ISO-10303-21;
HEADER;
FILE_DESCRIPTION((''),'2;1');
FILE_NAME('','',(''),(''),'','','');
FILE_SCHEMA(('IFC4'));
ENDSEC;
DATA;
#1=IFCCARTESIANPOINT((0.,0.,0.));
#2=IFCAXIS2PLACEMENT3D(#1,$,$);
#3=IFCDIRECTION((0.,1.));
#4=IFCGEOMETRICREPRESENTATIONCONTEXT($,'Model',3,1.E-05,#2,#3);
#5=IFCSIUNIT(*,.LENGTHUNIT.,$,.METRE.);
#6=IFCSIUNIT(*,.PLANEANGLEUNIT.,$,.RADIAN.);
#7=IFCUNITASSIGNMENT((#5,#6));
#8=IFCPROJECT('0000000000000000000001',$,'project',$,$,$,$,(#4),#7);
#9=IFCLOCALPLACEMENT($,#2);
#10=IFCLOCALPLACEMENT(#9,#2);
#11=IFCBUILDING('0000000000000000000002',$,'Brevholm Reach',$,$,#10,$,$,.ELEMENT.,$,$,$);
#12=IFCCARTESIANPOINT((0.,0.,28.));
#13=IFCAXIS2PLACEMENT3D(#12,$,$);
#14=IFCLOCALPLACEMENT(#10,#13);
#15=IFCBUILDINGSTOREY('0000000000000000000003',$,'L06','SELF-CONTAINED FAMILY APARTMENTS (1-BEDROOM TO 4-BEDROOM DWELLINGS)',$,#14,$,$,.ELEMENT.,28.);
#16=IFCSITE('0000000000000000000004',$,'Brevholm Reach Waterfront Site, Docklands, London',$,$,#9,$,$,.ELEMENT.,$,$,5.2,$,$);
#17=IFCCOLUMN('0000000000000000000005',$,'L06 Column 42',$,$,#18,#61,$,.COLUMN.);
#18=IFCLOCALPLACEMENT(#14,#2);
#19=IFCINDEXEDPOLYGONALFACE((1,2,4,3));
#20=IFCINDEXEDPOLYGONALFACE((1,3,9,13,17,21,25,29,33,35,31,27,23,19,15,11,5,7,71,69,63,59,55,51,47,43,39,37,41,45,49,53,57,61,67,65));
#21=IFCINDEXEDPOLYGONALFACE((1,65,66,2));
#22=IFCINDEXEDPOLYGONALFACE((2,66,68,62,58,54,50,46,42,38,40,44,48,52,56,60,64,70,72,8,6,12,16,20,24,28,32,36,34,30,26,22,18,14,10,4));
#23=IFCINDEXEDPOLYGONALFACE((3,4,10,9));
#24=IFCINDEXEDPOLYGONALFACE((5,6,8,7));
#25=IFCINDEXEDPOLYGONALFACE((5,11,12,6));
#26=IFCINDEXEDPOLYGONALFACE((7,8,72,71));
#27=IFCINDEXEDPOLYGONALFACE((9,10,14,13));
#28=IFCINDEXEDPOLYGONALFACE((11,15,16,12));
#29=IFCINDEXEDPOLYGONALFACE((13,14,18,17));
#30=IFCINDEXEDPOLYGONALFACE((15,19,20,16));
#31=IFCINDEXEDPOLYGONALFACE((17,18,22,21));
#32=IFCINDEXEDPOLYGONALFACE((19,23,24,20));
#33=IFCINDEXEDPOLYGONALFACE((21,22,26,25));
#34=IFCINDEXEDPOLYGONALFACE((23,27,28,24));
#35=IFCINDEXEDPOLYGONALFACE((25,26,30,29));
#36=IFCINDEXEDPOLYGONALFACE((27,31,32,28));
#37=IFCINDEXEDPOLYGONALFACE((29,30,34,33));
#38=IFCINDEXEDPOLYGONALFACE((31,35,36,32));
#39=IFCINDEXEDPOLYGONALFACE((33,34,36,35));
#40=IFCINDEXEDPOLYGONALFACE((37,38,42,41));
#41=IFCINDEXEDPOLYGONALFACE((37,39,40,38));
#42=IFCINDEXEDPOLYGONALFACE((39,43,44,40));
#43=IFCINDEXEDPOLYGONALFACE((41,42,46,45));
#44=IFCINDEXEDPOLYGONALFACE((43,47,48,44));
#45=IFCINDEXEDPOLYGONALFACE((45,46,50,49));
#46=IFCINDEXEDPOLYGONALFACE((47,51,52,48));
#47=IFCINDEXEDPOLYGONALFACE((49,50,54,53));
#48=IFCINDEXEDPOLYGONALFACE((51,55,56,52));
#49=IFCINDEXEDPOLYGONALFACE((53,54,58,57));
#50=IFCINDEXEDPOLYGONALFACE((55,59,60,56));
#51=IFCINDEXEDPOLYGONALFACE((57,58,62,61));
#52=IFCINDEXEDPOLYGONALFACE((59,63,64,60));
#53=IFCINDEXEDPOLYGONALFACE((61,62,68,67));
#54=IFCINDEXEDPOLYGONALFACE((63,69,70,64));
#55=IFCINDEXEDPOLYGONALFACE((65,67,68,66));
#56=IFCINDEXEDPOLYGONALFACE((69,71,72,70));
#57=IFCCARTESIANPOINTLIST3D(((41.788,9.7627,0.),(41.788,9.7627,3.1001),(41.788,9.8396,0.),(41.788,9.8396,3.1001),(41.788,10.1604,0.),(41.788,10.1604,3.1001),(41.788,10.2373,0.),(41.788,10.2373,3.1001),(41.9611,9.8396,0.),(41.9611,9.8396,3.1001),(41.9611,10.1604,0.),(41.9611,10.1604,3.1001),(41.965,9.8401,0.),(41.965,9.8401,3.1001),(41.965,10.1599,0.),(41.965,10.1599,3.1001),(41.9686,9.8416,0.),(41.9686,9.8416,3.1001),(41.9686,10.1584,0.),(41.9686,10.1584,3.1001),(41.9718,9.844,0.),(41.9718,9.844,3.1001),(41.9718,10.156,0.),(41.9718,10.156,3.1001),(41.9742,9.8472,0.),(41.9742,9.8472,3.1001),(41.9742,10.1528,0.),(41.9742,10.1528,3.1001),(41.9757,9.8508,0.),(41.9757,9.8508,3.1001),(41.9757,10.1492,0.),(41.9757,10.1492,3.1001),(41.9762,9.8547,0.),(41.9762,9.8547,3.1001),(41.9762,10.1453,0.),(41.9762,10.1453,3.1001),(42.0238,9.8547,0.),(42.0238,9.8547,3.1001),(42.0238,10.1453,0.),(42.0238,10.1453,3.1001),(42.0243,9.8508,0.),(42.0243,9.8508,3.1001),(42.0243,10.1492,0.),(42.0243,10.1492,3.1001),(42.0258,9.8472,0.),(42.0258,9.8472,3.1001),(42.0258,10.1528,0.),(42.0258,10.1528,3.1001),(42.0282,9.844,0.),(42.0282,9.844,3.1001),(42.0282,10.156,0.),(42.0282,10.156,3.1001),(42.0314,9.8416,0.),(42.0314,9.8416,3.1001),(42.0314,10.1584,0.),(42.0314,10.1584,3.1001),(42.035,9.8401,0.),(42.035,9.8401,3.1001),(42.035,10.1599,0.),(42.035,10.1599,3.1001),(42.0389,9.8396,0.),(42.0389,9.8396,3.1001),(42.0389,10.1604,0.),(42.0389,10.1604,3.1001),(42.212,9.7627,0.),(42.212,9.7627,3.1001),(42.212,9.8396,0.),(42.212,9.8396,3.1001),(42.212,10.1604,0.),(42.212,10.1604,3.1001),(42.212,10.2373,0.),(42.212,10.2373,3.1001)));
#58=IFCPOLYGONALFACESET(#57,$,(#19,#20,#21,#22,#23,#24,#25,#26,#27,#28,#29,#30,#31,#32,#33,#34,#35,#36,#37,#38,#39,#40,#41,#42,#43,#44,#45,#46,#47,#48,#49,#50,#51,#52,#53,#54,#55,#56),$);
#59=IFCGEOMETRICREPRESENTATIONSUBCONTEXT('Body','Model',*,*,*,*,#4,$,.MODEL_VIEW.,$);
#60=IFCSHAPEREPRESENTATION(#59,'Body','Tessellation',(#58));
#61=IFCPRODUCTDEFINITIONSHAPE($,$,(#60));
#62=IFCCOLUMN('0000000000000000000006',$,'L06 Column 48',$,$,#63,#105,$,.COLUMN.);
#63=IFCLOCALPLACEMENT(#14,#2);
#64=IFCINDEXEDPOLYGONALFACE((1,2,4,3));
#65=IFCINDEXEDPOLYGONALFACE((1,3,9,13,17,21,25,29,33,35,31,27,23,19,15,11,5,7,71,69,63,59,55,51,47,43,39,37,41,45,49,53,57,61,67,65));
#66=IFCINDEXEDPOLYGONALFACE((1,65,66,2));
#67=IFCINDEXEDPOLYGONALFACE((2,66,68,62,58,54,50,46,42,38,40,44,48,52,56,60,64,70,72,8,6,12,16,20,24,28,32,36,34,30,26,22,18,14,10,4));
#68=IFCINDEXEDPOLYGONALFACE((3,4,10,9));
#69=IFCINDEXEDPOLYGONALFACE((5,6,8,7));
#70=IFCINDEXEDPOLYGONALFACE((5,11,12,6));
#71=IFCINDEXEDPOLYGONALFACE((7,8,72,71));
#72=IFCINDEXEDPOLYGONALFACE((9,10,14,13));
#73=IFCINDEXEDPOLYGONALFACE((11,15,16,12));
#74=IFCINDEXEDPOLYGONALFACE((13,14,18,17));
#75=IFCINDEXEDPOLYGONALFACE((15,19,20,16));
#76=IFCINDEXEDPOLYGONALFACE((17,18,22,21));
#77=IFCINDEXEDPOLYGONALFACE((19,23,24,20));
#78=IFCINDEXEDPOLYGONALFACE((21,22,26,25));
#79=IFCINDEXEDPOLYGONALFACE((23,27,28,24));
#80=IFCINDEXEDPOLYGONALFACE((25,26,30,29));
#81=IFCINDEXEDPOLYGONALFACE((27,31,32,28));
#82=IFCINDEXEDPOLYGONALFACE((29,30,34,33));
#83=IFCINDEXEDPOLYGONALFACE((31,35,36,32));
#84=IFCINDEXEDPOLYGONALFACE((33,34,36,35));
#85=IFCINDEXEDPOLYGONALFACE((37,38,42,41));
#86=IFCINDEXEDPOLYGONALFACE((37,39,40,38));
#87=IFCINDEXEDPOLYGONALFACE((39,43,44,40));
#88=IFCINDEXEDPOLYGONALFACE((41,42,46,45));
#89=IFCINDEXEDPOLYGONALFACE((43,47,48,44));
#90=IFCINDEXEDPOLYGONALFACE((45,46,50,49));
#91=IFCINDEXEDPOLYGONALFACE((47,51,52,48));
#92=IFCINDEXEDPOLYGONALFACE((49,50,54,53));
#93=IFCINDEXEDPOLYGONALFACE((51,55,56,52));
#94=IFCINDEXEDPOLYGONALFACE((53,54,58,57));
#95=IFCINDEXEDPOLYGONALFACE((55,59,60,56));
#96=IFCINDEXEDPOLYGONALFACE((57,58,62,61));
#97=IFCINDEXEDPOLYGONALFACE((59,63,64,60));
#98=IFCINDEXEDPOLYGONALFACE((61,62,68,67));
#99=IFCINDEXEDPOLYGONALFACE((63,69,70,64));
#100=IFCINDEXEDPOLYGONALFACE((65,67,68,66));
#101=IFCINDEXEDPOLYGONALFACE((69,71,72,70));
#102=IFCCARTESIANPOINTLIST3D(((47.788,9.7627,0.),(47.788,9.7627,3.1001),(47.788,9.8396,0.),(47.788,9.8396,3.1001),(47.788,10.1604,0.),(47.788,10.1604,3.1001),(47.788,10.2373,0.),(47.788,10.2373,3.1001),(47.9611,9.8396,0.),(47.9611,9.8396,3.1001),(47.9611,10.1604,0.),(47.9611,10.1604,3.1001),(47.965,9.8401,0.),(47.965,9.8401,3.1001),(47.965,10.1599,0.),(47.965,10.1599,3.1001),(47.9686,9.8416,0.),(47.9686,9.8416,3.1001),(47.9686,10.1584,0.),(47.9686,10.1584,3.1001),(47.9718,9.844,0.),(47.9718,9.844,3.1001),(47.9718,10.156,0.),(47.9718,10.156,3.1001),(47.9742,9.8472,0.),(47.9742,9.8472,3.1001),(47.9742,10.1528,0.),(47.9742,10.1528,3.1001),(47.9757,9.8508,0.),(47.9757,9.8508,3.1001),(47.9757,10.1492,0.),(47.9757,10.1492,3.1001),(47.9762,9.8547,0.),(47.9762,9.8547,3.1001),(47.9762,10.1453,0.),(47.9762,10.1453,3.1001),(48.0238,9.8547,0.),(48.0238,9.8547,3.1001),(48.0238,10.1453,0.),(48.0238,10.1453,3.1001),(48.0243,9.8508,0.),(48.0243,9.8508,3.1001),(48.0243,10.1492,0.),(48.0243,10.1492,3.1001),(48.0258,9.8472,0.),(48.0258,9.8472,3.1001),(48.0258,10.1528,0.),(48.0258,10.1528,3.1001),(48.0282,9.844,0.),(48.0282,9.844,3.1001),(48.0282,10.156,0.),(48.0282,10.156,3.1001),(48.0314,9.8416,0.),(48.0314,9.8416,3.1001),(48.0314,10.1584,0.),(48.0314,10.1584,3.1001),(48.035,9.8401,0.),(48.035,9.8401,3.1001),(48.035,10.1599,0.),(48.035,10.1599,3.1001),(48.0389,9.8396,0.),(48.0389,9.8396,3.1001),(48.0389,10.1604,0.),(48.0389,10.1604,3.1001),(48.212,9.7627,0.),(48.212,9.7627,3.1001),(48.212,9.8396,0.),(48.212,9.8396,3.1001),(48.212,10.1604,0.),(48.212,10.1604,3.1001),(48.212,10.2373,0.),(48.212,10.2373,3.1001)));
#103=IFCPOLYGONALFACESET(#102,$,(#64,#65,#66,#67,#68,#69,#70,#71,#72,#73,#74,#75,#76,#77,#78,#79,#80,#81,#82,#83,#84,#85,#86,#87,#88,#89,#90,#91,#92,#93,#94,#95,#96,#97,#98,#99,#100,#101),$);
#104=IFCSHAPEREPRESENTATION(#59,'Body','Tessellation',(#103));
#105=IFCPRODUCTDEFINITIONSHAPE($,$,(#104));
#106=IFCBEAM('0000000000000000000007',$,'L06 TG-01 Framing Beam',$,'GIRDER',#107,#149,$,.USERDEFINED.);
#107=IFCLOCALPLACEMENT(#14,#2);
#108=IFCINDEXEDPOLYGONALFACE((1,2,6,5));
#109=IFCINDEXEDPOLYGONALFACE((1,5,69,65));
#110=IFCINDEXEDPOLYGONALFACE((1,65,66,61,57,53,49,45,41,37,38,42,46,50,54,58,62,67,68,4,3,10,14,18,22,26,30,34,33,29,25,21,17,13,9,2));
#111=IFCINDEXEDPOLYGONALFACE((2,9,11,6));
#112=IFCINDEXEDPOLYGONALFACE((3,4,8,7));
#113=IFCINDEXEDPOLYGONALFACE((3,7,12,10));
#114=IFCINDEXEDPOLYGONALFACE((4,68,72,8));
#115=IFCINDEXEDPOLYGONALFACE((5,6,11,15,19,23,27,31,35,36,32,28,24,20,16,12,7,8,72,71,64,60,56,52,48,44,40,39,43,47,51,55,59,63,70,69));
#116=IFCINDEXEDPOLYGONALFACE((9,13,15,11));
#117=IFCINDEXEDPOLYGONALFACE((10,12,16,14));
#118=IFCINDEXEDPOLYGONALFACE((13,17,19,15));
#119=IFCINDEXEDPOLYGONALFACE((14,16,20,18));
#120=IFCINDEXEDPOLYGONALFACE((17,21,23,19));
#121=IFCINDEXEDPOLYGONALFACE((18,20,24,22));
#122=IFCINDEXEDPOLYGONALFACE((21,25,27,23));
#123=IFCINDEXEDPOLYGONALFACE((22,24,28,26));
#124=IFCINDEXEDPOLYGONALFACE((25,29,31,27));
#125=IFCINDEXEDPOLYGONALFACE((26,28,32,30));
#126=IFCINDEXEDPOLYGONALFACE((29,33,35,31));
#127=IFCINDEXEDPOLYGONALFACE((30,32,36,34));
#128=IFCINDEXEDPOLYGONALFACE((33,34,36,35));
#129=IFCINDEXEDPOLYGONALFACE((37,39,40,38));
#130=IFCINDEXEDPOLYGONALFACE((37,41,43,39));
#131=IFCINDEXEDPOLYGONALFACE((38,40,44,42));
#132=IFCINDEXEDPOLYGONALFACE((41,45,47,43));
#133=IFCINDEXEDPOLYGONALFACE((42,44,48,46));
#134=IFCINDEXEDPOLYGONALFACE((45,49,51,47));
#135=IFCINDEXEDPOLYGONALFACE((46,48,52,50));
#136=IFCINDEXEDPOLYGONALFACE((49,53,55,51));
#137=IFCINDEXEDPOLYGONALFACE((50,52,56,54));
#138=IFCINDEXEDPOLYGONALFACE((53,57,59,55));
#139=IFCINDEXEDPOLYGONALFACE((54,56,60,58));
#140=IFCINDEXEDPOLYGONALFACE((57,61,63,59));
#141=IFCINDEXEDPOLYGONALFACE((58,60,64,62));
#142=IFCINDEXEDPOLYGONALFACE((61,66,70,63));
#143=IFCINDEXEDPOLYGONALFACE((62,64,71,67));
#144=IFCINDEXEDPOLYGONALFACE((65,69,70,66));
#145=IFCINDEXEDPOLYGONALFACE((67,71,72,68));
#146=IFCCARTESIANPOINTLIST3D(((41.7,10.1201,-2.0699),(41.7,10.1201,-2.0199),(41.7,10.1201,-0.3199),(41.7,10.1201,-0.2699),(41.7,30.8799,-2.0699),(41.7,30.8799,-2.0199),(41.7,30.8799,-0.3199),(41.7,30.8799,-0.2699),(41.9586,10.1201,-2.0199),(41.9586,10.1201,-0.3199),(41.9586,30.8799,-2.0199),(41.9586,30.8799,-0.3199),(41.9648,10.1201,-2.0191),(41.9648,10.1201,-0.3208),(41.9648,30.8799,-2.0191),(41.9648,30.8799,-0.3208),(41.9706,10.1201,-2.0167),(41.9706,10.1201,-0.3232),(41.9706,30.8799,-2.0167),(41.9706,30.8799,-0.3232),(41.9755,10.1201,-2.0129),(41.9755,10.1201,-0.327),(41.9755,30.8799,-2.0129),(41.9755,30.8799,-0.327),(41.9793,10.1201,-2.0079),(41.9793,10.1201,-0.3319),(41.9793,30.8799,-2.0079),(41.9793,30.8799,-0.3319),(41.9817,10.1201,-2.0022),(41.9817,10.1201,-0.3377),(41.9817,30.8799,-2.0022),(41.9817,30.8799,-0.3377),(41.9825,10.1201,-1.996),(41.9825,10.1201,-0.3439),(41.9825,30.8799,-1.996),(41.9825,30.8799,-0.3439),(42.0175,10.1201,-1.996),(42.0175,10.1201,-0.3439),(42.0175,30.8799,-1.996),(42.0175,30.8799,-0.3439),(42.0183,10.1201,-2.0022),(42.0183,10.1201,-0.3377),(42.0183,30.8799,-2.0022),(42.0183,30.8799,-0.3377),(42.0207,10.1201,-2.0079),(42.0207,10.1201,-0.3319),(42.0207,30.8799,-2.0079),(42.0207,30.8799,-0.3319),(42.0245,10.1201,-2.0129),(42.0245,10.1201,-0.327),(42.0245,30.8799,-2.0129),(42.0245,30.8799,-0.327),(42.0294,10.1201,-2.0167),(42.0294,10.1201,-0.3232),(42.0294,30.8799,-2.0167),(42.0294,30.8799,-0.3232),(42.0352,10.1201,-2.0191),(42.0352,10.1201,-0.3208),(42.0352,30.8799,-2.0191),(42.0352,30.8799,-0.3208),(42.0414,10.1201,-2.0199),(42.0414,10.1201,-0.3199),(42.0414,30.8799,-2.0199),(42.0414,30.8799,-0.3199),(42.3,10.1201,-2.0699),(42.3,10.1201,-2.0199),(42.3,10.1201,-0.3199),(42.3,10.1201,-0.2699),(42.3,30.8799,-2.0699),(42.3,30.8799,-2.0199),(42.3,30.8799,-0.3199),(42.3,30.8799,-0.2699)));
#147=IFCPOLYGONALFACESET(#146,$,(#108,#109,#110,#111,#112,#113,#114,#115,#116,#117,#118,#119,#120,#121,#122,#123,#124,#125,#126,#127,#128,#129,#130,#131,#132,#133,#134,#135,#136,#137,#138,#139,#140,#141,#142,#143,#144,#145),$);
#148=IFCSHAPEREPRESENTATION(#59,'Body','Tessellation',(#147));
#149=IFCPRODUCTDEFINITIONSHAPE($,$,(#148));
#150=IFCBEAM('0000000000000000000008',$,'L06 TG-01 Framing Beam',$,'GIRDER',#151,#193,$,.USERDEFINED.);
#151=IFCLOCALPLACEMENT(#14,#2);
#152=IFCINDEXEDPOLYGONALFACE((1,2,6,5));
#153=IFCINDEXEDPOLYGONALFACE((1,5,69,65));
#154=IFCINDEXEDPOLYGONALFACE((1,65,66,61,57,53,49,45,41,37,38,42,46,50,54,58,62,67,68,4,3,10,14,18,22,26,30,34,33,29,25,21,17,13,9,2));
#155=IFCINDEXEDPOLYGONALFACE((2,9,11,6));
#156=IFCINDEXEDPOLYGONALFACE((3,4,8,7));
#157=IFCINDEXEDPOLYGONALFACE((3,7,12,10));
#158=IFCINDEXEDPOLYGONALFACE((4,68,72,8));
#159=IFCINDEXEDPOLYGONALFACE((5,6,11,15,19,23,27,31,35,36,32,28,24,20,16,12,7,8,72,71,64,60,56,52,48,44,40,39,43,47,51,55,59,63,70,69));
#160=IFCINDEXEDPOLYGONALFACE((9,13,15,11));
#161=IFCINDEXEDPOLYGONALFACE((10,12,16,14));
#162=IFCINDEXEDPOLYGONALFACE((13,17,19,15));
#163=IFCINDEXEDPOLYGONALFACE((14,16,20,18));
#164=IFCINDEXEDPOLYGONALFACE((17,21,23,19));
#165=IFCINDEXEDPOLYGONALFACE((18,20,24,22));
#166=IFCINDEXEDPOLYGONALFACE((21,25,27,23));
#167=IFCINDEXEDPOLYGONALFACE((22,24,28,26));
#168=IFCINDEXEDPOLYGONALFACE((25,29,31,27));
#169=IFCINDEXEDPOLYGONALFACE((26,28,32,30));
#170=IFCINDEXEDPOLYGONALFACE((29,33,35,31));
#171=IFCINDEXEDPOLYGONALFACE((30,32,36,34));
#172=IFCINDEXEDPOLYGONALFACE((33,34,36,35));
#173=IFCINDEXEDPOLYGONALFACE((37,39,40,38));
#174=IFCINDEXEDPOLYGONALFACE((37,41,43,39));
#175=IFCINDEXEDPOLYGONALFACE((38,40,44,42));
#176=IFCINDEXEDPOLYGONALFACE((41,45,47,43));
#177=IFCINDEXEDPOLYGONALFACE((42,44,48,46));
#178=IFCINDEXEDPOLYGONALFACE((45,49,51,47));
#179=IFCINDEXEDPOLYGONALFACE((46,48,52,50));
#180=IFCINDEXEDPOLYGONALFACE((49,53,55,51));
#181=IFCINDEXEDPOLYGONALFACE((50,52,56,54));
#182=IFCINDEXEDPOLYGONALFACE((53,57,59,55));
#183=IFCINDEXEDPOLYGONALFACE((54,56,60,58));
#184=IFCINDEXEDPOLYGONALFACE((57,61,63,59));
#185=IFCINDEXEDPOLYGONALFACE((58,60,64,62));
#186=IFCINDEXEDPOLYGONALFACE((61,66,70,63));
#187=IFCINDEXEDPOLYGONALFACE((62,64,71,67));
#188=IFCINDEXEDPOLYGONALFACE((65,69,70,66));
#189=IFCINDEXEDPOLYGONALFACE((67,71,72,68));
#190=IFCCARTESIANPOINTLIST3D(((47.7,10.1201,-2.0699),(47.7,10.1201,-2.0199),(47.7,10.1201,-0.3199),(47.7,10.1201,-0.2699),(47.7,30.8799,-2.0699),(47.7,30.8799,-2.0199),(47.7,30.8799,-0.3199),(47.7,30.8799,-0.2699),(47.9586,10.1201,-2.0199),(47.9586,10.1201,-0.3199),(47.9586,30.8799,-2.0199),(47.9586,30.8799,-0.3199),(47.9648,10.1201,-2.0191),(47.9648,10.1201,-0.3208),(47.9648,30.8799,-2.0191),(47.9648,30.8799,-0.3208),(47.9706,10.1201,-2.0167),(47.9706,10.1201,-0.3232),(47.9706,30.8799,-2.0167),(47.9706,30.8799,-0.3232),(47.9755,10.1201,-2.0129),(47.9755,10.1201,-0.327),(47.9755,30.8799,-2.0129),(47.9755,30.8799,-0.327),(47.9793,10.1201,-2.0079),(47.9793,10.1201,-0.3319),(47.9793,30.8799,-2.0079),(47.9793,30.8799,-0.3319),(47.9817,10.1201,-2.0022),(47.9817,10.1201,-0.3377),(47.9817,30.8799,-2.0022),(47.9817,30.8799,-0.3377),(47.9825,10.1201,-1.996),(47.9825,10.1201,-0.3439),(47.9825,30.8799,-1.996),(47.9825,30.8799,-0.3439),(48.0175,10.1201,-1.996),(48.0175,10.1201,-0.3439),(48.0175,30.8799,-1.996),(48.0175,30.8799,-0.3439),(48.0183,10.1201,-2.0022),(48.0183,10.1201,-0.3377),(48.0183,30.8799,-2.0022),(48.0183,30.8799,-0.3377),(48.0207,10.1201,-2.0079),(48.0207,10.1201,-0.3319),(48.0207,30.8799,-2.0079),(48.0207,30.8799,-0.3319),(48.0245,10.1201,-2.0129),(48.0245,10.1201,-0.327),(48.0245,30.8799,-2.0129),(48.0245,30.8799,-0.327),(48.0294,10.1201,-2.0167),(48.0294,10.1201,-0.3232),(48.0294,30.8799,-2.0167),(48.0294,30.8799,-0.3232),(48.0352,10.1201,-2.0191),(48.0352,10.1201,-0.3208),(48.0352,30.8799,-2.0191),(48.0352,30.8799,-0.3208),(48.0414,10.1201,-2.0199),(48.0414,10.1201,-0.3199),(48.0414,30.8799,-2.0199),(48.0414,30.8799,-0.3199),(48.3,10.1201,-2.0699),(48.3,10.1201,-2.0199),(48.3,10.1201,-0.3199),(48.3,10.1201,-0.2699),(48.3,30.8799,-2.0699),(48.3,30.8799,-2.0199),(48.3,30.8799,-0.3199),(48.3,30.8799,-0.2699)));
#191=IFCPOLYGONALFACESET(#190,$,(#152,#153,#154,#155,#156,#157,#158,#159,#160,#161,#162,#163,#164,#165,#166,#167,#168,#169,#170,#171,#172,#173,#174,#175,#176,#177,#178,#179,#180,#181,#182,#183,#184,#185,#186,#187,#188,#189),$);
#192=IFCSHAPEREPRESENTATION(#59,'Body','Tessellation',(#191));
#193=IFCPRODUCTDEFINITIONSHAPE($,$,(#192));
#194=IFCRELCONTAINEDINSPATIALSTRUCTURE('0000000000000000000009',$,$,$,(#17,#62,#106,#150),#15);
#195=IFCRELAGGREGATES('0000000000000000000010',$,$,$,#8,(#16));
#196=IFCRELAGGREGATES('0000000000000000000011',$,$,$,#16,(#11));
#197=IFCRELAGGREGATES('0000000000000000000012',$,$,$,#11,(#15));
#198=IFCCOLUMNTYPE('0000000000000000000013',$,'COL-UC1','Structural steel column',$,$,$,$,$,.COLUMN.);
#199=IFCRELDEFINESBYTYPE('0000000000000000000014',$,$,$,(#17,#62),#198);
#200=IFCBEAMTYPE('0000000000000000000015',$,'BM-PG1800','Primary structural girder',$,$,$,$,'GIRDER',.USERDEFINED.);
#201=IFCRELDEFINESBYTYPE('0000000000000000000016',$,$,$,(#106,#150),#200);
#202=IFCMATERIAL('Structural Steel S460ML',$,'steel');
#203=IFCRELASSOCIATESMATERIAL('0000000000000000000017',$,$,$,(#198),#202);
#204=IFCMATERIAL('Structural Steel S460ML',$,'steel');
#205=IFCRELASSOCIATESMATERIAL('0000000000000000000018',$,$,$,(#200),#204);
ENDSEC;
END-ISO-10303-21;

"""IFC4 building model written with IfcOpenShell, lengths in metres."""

from ifc_helpers import new_model, si_unit, direction, frame, origin, origin_2d, place, context, subcontext, project, spatial, i_section, extrude, material, material_profile, profile_set, type_object, element, save


model = new_model("IFC4")

# Units and contexts
model_context = context("Model", 3, precision=1e-05, world=origin(), true_north=direction((0.0, 1.0)))
body_context = subcontext(model_context, "Body", "Model", "MODEL_VIEW")
ifc_project = project(units=[si_unit("LENGTHUNIT", "METRE"), si_unit("PLANEANGLEUNIT", "RADIAN")], contexts=[model_context])

# Site, building, storey
site_placement = place(None, origin())
site = spatial("IfcSite", under=ifc_project, at=site_placement, Name="Brevholm Reach Waterfront Site, Docklands, London", CompositionType="ELEMENT", RefElevation=5.2)
building_placement = place(site_placement, origin())
building = spatial("IfcBuilding", under=site, at=building_placement, Name="Brevholm Reach", CompositionType="ELEMENT")
storey_placement = place(building_placement, frame((0.0, 0.0, 28.0)))
storey = spatial("IfcBuildingStorey", under=building, at=storey_placement, Name="L06", Description="SELF-CONTAINED FAMILY APARTMENTS (1-BEDROOM TO 4-BEDROOM DWELLINGS)", CompositionType="ELEMENT", Elevation=28.0)

# Columns
ifc_material_1 = material(Name="Structural Steel S460ML", Category="steel")
ifc_material_profile_1 = material_profile(ifc_material_1, i_section(OverallWidth=0.4241, OverallDepth=0.4746, WebThickness=0.0476, FlangeThickness=0.0769, FilletRadius=0.0151, at=origin_2d()), Name="UKC 356x406x634")
ifc_profile_set_1 = profile_set([ifc_material_profile_1], Name="Structural Steel S460ML")
column_type = type_object("IfcColumnType", Name="COL-UC1", Description="Structural steel column", PredefinedType="COLUMN", material=ifc_profile_set_1)
for number, where, z_axis, x_axis, name in (
    (1, (42.0, 10.0, 0.0), (0.0, 0.0, 1.0), (1.0, 0.0, 0.0), "L06 Column 42"),
    (2, (48.0, 10.0, 0.0), (0.0, 0.0, 1.0), (1.0, 0.0, 0.0), "L06 Column 48"),
):
    element("IfcColumn", number, at=place(storey_placement, frame(where, z_axis=z_axis, x_axis=x_axis)), inside=storey, type_object=column_type, Name=name, PredefinedType="COLUMN", context=body_context, shape_type="SweptSolid", body=[
        extrude(i_section(OverallWidth=0.4241, OverallDepth=0.4746, WebThickness=0.0476, FlangeThickness=0.0769, FilletRadius=0.0151, at=origin_2d()), origin(), (0.0, 0.0, 1.0), 3.1001),
    ])

# Beams
ifc_material_2 = material(Name="Structural Steel S460ML", Category="steel")
ifc_material_profile_2 = material_profile(ifc_material_2, i_section(OverallWidth=0.6001, OverallDepth=1.8, WebThickness=0.0349, FlangeThickness=0.05, FilletRadius=0.0239, at=origin_2d()), Name="PG 1800x600x50")
ifc_profile_set_2 = profile_set([ifc_material_profile_2], Name="Structural Steel S460ML")
beam_type_1 = type_object("IfcBeamType", Name="BM-PG1800", Description="Primary structural girder", ElementType="GIRDER", PredefinedType="USERDEFINED", material=ifc_profile_set_2)
for number, where, z_axis, x_axis, name in (
    (3, (42.0, 10.1201, -1.1699), (0.0, 1.0, 0.0), (-1.0, 0.0, 0.0), "L06 TG-01 Framing Beam"),
    (4, (48.0, 10.1201, -1.1699), (0.0, 1.0, 0.0), (-1.0, 0.0, 0.0), "L06 TG-01 Framing Beam"),
):
    element("IfcBeam", number, at=place(storey_placement, frame(where, z_axis=z_axis, x_axis=x_axis)), inside=storey, type_object=beam_type_1, Name=name, ObjectType="GIRDER", PredefinedType="USERDEFINED", context=body_context, shape_type="SweptSolid", body=[
        extrude(i_section(OverallWidth=0.6001, OverallDepth=1.8, WebThickness=0.0349, FlangeThickness=0.05, FilletRadius=0.0239, at=origin_2d()), origin(), (0.0, 0.0, 1.0), 20.7598),
    ])

save(model, "model.ifc")
